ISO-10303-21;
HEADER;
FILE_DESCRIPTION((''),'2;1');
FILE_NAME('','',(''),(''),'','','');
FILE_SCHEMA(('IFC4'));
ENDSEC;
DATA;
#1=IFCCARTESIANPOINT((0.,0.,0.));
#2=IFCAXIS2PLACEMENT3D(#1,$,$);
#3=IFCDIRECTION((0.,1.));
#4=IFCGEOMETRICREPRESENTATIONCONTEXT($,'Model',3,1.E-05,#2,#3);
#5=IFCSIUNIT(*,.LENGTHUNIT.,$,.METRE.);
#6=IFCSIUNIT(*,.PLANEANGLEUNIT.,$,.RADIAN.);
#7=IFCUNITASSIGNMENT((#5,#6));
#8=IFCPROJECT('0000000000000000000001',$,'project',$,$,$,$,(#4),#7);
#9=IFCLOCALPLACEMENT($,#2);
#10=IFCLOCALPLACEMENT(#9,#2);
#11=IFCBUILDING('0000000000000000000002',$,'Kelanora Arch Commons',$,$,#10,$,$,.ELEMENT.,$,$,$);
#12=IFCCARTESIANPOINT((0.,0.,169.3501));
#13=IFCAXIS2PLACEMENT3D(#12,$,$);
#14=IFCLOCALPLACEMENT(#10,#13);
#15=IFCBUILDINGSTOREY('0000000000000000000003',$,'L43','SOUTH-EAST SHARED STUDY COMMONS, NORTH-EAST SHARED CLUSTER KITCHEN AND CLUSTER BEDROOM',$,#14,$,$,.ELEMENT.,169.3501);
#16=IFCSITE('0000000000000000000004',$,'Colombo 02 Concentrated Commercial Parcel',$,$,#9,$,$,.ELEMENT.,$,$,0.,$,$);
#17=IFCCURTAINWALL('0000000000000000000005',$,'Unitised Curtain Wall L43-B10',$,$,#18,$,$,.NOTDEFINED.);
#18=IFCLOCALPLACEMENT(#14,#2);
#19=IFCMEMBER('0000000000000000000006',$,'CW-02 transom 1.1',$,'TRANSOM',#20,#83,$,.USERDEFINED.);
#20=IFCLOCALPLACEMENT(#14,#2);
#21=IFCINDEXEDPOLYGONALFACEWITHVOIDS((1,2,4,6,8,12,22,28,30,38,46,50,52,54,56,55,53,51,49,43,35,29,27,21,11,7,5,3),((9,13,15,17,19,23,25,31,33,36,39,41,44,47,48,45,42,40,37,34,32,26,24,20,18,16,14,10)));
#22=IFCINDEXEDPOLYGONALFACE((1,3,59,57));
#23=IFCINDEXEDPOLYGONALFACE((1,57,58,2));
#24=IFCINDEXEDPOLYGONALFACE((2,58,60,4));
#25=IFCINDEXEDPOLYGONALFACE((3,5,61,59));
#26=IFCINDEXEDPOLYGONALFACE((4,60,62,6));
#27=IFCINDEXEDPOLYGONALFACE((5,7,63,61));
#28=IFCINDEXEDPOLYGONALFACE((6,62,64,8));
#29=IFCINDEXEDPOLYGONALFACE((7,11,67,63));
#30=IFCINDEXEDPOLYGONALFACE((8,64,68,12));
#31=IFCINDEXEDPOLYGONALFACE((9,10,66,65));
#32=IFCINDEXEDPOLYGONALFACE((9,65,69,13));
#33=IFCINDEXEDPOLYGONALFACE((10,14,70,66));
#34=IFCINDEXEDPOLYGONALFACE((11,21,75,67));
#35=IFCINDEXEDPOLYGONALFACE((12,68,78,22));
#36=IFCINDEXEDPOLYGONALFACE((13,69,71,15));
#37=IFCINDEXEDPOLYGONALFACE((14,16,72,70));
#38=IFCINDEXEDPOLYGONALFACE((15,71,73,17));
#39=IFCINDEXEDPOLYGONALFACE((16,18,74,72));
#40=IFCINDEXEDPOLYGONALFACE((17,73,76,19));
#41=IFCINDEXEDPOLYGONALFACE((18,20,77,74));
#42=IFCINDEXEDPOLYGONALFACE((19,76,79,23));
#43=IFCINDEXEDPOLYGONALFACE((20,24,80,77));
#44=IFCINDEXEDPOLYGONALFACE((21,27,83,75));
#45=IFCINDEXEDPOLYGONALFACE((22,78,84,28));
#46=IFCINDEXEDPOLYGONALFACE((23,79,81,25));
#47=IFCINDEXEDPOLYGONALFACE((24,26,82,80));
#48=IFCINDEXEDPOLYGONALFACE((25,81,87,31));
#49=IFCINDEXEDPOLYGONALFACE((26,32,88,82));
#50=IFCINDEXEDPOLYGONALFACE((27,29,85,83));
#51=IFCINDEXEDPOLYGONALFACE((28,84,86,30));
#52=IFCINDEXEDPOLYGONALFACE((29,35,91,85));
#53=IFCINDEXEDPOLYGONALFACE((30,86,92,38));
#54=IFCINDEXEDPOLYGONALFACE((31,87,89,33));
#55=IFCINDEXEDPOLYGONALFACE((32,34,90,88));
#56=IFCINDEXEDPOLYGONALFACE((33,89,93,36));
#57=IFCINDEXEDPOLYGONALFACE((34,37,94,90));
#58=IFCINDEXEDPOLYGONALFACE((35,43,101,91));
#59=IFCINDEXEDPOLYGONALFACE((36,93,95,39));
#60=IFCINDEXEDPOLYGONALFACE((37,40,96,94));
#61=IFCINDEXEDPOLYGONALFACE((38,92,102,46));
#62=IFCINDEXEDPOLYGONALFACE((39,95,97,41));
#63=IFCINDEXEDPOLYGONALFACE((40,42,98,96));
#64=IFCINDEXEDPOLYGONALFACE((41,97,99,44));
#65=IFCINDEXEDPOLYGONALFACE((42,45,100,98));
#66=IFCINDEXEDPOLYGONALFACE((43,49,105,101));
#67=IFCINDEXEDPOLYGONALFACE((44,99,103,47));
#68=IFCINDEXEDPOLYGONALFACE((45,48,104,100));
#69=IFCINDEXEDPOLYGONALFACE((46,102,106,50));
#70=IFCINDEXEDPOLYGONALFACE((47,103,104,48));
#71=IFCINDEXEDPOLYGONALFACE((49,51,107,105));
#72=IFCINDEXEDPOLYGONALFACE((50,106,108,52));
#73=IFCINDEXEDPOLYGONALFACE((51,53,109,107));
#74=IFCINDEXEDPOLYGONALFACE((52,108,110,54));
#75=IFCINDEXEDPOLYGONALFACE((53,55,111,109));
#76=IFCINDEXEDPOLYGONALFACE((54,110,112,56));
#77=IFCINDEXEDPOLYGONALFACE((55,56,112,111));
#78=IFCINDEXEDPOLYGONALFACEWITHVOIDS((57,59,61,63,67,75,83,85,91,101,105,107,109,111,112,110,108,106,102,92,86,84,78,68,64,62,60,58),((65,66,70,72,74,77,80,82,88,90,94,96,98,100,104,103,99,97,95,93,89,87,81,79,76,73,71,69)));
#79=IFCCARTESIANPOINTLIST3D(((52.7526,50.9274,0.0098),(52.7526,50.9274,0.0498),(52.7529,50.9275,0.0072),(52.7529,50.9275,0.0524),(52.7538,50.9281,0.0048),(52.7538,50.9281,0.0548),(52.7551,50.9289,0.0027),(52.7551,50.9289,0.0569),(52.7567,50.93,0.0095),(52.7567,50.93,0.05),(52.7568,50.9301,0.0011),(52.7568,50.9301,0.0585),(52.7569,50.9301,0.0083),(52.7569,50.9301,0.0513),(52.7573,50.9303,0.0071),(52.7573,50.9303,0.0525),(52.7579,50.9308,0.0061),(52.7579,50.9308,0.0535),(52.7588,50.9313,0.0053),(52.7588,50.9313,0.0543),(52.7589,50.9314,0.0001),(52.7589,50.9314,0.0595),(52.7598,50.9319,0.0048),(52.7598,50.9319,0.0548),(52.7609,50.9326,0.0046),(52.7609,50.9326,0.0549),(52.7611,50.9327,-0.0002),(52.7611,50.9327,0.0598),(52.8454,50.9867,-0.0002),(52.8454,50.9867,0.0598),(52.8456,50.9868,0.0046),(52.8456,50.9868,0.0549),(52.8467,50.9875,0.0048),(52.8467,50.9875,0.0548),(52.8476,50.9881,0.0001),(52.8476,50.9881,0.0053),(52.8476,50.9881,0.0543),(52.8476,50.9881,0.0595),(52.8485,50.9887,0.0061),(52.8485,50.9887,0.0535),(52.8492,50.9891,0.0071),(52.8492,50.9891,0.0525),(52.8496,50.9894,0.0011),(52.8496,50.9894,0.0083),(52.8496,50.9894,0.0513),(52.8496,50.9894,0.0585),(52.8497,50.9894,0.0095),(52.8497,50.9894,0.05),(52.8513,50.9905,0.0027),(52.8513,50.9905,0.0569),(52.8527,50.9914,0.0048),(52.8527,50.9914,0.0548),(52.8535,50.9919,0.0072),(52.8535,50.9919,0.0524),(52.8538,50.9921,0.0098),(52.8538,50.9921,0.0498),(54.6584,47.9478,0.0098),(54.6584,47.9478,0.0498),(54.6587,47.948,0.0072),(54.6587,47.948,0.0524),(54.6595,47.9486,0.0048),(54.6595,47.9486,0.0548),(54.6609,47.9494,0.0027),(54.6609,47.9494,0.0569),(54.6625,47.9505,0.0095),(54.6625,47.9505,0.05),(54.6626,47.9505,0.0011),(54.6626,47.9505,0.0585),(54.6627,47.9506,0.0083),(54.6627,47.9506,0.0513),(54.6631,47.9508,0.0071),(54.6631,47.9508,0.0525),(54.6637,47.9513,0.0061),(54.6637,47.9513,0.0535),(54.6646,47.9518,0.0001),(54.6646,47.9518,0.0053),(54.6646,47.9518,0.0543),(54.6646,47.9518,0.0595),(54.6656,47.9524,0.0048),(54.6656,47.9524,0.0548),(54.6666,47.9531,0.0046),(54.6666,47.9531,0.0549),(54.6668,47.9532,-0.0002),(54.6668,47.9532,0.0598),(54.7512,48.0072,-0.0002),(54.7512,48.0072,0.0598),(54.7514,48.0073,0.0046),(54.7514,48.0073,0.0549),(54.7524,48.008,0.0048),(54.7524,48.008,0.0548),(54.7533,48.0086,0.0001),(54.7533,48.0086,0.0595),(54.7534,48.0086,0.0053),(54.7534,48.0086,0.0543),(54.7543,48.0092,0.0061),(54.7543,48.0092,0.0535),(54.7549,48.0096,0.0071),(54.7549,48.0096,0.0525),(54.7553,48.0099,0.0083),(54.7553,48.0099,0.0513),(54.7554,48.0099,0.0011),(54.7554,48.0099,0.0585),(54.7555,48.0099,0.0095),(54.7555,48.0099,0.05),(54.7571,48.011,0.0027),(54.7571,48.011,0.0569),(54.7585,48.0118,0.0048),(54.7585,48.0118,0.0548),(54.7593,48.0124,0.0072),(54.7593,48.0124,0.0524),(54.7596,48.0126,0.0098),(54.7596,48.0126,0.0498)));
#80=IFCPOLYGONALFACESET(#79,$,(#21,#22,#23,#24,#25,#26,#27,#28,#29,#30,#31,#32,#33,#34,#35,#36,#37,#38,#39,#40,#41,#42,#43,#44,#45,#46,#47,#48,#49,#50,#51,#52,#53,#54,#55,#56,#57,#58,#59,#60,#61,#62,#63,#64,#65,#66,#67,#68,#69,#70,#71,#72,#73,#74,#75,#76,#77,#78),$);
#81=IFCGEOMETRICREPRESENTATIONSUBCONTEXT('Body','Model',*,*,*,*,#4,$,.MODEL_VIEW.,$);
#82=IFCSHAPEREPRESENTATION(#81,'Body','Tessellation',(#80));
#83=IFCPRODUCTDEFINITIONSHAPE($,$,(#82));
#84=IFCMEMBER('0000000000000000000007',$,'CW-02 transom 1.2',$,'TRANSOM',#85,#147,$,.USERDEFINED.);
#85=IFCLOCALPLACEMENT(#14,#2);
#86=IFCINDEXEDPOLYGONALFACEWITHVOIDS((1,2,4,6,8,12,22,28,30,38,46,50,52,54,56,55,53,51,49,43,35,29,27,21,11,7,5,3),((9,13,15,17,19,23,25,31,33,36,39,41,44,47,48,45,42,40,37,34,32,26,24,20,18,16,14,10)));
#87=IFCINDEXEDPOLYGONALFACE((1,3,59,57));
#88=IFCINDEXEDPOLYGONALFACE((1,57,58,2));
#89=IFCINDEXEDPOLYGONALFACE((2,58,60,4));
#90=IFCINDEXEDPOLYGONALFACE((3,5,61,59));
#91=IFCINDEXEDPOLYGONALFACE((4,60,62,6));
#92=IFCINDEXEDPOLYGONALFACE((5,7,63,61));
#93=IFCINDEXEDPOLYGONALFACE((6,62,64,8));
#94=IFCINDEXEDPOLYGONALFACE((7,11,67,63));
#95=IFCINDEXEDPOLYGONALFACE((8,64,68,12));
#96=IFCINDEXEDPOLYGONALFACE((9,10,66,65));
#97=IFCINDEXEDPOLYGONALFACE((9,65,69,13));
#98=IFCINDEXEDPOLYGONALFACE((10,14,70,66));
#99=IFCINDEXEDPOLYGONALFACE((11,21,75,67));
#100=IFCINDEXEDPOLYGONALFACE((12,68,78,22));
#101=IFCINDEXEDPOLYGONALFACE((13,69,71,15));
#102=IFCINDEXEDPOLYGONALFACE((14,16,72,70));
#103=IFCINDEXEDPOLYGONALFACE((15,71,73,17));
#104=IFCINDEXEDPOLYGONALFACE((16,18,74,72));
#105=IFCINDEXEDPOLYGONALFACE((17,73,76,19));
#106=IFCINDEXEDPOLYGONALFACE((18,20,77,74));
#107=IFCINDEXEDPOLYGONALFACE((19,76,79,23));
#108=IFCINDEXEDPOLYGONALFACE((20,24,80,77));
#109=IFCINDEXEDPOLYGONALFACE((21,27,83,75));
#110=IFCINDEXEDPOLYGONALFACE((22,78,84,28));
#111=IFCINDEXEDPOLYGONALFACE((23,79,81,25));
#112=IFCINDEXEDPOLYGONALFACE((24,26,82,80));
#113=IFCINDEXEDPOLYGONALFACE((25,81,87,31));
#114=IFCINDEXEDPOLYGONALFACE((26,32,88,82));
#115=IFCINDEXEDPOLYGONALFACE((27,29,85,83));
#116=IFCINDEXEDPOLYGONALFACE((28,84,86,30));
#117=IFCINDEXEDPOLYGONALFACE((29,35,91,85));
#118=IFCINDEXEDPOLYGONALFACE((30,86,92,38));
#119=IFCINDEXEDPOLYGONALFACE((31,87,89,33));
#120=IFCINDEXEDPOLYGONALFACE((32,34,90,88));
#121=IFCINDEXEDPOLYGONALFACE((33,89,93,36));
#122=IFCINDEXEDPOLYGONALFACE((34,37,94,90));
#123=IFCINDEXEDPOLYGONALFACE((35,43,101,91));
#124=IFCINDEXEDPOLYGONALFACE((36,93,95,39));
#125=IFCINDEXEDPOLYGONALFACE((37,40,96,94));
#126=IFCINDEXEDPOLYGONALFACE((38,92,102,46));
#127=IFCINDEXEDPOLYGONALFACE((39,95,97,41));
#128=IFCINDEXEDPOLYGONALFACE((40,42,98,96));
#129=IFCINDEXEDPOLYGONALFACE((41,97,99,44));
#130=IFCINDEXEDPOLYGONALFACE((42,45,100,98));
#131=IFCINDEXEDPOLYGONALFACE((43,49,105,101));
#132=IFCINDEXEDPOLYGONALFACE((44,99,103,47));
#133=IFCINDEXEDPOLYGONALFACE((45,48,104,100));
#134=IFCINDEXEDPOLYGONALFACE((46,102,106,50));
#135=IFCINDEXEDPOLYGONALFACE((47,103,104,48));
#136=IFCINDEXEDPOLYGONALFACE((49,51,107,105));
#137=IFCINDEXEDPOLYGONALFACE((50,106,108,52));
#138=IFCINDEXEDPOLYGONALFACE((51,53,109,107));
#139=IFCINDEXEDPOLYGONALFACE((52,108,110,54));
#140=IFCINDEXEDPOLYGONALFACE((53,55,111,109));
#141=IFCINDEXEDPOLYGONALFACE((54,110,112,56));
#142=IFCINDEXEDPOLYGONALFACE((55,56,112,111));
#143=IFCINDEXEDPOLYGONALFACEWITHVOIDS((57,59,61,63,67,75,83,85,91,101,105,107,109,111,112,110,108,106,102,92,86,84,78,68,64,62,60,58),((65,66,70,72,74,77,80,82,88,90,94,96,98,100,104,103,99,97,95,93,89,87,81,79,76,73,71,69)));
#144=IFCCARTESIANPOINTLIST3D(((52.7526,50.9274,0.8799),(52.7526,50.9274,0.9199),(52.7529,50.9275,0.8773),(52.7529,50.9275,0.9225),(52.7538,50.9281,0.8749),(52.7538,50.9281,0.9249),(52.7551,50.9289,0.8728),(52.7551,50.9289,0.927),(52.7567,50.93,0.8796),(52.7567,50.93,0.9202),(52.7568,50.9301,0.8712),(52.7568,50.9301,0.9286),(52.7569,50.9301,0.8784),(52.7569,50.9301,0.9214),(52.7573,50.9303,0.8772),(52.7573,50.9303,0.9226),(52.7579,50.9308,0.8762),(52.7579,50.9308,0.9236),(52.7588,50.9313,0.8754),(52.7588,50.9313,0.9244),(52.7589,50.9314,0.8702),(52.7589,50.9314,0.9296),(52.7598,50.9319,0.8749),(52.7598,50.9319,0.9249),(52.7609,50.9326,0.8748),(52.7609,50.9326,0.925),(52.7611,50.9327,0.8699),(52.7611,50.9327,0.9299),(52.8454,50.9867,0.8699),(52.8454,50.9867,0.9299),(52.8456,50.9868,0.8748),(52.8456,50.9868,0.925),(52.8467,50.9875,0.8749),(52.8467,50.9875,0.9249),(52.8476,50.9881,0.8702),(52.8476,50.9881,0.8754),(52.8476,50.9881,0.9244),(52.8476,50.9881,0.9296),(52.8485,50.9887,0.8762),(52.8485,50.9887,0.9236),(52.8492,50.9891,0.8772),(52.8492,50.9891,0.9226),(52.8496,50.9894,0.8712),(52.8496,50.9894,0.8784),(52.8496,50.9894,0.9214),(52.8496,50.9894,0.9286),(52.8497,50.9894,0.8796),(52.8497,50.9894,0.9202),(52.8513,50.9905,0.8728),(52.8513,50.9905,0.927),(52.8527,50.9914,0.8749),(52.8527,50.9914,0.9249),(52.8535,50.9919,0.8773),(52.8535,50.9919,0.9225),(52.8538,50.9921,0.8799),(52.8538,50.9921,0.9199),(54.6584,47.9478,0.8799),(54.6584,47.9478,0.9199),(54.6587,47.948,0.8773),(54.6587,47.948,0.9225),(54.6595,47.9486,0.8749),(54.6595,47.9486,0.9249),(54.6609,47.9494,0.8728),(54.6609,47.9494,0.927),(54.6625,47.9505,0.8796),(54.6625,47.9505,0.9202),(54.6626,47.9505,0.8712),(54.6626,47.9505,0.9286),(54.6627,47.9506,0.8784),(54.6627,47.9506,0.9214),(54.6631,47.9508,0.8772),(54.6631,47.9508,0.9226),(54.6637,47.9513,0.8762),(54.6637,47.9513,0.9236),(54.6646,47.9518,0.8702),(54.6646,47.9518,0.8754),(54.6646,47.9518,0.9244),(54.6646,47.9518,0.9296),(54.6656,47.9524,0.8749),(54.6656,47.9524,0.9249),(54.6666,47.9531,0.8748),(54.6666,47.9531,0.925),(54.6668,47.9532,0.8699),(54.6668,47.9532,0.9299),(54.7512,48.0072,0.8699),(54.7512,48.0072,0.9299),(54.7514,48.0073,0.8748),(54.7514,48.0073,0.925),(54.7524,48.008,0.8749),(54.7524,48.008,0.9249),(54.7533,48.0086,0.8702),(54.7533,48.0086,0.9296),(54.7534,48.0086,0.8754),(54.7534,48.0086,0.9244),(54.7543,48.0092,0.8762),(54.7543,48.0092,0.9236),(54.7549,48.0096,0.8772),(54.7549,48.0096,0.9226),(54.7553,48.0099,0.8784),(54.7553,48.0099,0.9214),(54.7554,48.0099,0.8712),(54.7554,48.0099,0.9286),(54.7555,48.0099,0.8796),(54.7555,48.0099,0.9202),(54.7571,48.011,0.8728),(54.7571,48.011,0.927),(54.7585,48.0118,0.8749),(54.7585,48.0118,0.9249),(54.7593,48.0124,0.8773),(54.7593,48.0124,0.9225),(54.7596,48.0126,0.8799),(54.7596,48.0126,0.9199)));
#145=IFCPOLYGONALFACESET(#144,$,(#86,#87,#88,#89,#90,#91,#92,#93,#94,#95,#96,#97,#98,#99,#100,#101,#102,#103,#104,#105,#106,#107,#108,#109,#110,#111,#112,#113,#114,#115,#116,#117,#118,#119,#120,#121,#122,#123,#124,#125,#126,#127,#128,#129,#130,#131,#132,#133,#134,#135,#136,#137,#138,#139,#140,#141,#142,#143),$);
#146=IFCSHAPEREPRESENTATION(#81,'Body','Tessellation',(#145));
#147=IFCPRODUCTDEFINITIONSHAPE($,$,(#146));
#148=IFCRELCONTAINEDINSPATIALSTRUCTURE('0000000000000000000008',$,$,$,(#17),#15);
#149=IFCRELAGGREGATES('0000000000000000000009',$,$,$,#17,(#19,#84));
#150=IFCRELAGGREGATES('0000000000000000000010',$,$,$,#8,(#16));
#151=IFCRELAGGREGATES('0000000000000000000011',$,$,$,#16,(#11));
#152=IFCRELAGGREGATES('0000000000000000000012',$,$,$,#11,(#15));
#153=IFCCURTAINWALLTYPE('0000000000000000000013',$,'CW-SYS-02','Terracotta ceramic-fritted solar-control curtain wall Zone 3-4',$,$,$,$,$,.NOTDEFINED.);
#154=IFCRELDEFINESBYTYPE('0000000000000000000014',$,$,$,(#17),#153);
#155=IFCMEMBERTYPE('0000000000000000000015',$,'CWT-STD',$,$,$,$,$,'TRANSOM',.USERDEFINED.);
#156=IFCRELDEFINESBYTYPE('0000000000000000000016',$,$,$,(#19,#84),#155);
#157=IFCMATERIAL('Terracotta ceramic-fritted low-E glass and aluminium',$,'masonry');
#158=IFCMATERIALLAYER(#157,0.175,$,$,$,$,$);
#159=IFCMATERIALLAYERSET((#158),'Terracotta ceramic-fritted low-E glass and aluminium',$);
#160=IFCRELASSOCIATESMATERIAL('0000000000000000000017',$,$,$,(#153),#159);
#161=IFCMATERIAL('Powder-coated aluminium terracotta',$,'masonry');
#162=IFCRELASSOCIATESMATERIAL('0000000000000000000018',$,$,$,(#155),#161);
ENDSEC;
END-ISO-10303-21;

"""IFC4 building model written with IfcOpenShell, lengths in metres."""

from ifc_helpers import new_model, si_unit, direction, frame, origin, origin_2d, place, context, subcontext, project, spatial, hollow_rectangle, extrude, material, layer, layer_set, material_profile, profile_set, type_object, element, aggregate, save


model = new_model("IFC4")

# Units and contexts
model_context = context("Model", 3, precision=1e-05, world=origin(), true_north=direction((0.0, 1.0)))
body_context = subcontext(model_context, "Body", "Model", "MODEL_VIEW")
ifc_project = project(units=[si_unit("LENGTHUNIT", "METRE"), si_unit("PLANEANGLEUNIT", "RADIAN")], contexts=[model_context])

# Site, building, storey
site_placement = place(None, origin())
site = spatial("IfcSite", under=ifc_project, at=site_placement, Name="Colombo 02 Concentrated Commercial Parcel", CompositionType="ELEMENT", RefElevation=0.0)
building_placement = place(site_placement, origin())
building = spatial("IfcBuilding", under=site, at=building_placement, Name="Kelanora Arch Commons", CompositionType="ELEMENT")
storey_placement = place(building_placement, frame((0.0, 0.0, 169.3501)))
storey = spatial("IfcBuildingStorey", under=building, at=storey_placement, Name="L43", Description="SOUTH-EAST SHARED STUDY COMMONS, NORTH-EAST SHARED CLUSTER KITCHEN AND CLUSTER BEDROOM", CompositionType="ELEMENT", Elevation=169.3501)

# Shared definitions
ifc_material_1 = material(Name="Terracotta ceramic-fritted low-E glass and aluminium", Category="masonry")
ifc_layer_1 = layer(ifc_material_1, 0.175)
ifc_layer_set_1 = layer_set([ifc_layer_1], Name="Terracotta ceramic-fritted low-E glass and aluminium")
curtain_wall_type = type_object("IfcCurtainWallType", Name="CW-SYS-02", Description="Terracotta ceramic-fritted solar-control curtain wall Zone 3-4", PredefinedType="NOTDEFINED", material=ifc_layer_set_1)
ifc_material_2 = material(Name="Powder-coated aluminium terracotta", Category="masonry")

# Curtain wall, members
curtain_wall_1_placement = place(storey_placement, origin())
curtain_wall_1 = element("IfcCurtainWall", 1, at=curtain_wall_1_placement, inside=storey, type_object=curtain_wall_type, Name="Unitised Curtain Wall L43-B10", PredefinedType="NOTDEFINED")
ifc_material_profile_1 = material_profile(ifc_material_2, hollow_rectangle(XDim=0.1201, YDim=0.0601, WallThickness=0.0049, InnerFilletRadius=0.0049, OuterFilletRadius=0.01, at=origin_2d()), Name="CWT120x60")
ifc_profile_set_1 = profile_set([ifc_material_profile_1], Name="Powder-coated aluminium terracotta")
member_type_1 = type_object("IfcMemberType", Name="CWT-STD", ElementType="TRANSOM", PredefinedType="USERDEFINED", material=ifc_profile_set_1)
member_1_placement = place(storey_placement, frame((52.8032, 50.9597, 0.0298), z_axis=(0.53883, -0.842414, 0.0), x_axis=(0.842414, 0.53883, 0.0)))
member_1 = element("IfcMember", 2, at=member_1_placement, type_object=member_type_1, Name="CW-02 transom 1.1", ObjectType="TRANSOM", PredefinedType="USERDEFINED", context=body_context, shape_type="SweptSolid", body=[
    extrude(hollow_rectangle(XDim=0.1201, YDim=0.0601, WallThickness=0.0049, InnerFilletRadius=0.0049, OuterFilletRadius=0.01, at=origin_2d()), origin(), (0.0, 0.0, 1.0), 3.5369),
])
member_2_placement = place(storey_placement, frame((52.8032, 50.9597, 0.8999), z_axis=(0.53883, -0.842414, 0.0), x_axis=(0.842414, 0.53883, 0.0)))
member_2 = element("IfcMember", 3, at=member_2_placement, type_object=member_type_1, Name="CW-02 transom 1.2", ObjectType="TRANSOM", PredefinedType="USERDEFINED", context=body_context, shape_type="SweptSolid", body=[
    extrude(hollow_rectangle(XDim=0.1201, YDim=0.0601, WallThickness=0.0049, InnerFilletRadius=0.0049, OuterFilletRadius=0.01, at=origin_2d()), origin(), (0.0, 0.0, 1.0), 3.5369),
])

aggregate(curtain_wall_1, [member_1, member_2])

save(model, "model.ifc")
